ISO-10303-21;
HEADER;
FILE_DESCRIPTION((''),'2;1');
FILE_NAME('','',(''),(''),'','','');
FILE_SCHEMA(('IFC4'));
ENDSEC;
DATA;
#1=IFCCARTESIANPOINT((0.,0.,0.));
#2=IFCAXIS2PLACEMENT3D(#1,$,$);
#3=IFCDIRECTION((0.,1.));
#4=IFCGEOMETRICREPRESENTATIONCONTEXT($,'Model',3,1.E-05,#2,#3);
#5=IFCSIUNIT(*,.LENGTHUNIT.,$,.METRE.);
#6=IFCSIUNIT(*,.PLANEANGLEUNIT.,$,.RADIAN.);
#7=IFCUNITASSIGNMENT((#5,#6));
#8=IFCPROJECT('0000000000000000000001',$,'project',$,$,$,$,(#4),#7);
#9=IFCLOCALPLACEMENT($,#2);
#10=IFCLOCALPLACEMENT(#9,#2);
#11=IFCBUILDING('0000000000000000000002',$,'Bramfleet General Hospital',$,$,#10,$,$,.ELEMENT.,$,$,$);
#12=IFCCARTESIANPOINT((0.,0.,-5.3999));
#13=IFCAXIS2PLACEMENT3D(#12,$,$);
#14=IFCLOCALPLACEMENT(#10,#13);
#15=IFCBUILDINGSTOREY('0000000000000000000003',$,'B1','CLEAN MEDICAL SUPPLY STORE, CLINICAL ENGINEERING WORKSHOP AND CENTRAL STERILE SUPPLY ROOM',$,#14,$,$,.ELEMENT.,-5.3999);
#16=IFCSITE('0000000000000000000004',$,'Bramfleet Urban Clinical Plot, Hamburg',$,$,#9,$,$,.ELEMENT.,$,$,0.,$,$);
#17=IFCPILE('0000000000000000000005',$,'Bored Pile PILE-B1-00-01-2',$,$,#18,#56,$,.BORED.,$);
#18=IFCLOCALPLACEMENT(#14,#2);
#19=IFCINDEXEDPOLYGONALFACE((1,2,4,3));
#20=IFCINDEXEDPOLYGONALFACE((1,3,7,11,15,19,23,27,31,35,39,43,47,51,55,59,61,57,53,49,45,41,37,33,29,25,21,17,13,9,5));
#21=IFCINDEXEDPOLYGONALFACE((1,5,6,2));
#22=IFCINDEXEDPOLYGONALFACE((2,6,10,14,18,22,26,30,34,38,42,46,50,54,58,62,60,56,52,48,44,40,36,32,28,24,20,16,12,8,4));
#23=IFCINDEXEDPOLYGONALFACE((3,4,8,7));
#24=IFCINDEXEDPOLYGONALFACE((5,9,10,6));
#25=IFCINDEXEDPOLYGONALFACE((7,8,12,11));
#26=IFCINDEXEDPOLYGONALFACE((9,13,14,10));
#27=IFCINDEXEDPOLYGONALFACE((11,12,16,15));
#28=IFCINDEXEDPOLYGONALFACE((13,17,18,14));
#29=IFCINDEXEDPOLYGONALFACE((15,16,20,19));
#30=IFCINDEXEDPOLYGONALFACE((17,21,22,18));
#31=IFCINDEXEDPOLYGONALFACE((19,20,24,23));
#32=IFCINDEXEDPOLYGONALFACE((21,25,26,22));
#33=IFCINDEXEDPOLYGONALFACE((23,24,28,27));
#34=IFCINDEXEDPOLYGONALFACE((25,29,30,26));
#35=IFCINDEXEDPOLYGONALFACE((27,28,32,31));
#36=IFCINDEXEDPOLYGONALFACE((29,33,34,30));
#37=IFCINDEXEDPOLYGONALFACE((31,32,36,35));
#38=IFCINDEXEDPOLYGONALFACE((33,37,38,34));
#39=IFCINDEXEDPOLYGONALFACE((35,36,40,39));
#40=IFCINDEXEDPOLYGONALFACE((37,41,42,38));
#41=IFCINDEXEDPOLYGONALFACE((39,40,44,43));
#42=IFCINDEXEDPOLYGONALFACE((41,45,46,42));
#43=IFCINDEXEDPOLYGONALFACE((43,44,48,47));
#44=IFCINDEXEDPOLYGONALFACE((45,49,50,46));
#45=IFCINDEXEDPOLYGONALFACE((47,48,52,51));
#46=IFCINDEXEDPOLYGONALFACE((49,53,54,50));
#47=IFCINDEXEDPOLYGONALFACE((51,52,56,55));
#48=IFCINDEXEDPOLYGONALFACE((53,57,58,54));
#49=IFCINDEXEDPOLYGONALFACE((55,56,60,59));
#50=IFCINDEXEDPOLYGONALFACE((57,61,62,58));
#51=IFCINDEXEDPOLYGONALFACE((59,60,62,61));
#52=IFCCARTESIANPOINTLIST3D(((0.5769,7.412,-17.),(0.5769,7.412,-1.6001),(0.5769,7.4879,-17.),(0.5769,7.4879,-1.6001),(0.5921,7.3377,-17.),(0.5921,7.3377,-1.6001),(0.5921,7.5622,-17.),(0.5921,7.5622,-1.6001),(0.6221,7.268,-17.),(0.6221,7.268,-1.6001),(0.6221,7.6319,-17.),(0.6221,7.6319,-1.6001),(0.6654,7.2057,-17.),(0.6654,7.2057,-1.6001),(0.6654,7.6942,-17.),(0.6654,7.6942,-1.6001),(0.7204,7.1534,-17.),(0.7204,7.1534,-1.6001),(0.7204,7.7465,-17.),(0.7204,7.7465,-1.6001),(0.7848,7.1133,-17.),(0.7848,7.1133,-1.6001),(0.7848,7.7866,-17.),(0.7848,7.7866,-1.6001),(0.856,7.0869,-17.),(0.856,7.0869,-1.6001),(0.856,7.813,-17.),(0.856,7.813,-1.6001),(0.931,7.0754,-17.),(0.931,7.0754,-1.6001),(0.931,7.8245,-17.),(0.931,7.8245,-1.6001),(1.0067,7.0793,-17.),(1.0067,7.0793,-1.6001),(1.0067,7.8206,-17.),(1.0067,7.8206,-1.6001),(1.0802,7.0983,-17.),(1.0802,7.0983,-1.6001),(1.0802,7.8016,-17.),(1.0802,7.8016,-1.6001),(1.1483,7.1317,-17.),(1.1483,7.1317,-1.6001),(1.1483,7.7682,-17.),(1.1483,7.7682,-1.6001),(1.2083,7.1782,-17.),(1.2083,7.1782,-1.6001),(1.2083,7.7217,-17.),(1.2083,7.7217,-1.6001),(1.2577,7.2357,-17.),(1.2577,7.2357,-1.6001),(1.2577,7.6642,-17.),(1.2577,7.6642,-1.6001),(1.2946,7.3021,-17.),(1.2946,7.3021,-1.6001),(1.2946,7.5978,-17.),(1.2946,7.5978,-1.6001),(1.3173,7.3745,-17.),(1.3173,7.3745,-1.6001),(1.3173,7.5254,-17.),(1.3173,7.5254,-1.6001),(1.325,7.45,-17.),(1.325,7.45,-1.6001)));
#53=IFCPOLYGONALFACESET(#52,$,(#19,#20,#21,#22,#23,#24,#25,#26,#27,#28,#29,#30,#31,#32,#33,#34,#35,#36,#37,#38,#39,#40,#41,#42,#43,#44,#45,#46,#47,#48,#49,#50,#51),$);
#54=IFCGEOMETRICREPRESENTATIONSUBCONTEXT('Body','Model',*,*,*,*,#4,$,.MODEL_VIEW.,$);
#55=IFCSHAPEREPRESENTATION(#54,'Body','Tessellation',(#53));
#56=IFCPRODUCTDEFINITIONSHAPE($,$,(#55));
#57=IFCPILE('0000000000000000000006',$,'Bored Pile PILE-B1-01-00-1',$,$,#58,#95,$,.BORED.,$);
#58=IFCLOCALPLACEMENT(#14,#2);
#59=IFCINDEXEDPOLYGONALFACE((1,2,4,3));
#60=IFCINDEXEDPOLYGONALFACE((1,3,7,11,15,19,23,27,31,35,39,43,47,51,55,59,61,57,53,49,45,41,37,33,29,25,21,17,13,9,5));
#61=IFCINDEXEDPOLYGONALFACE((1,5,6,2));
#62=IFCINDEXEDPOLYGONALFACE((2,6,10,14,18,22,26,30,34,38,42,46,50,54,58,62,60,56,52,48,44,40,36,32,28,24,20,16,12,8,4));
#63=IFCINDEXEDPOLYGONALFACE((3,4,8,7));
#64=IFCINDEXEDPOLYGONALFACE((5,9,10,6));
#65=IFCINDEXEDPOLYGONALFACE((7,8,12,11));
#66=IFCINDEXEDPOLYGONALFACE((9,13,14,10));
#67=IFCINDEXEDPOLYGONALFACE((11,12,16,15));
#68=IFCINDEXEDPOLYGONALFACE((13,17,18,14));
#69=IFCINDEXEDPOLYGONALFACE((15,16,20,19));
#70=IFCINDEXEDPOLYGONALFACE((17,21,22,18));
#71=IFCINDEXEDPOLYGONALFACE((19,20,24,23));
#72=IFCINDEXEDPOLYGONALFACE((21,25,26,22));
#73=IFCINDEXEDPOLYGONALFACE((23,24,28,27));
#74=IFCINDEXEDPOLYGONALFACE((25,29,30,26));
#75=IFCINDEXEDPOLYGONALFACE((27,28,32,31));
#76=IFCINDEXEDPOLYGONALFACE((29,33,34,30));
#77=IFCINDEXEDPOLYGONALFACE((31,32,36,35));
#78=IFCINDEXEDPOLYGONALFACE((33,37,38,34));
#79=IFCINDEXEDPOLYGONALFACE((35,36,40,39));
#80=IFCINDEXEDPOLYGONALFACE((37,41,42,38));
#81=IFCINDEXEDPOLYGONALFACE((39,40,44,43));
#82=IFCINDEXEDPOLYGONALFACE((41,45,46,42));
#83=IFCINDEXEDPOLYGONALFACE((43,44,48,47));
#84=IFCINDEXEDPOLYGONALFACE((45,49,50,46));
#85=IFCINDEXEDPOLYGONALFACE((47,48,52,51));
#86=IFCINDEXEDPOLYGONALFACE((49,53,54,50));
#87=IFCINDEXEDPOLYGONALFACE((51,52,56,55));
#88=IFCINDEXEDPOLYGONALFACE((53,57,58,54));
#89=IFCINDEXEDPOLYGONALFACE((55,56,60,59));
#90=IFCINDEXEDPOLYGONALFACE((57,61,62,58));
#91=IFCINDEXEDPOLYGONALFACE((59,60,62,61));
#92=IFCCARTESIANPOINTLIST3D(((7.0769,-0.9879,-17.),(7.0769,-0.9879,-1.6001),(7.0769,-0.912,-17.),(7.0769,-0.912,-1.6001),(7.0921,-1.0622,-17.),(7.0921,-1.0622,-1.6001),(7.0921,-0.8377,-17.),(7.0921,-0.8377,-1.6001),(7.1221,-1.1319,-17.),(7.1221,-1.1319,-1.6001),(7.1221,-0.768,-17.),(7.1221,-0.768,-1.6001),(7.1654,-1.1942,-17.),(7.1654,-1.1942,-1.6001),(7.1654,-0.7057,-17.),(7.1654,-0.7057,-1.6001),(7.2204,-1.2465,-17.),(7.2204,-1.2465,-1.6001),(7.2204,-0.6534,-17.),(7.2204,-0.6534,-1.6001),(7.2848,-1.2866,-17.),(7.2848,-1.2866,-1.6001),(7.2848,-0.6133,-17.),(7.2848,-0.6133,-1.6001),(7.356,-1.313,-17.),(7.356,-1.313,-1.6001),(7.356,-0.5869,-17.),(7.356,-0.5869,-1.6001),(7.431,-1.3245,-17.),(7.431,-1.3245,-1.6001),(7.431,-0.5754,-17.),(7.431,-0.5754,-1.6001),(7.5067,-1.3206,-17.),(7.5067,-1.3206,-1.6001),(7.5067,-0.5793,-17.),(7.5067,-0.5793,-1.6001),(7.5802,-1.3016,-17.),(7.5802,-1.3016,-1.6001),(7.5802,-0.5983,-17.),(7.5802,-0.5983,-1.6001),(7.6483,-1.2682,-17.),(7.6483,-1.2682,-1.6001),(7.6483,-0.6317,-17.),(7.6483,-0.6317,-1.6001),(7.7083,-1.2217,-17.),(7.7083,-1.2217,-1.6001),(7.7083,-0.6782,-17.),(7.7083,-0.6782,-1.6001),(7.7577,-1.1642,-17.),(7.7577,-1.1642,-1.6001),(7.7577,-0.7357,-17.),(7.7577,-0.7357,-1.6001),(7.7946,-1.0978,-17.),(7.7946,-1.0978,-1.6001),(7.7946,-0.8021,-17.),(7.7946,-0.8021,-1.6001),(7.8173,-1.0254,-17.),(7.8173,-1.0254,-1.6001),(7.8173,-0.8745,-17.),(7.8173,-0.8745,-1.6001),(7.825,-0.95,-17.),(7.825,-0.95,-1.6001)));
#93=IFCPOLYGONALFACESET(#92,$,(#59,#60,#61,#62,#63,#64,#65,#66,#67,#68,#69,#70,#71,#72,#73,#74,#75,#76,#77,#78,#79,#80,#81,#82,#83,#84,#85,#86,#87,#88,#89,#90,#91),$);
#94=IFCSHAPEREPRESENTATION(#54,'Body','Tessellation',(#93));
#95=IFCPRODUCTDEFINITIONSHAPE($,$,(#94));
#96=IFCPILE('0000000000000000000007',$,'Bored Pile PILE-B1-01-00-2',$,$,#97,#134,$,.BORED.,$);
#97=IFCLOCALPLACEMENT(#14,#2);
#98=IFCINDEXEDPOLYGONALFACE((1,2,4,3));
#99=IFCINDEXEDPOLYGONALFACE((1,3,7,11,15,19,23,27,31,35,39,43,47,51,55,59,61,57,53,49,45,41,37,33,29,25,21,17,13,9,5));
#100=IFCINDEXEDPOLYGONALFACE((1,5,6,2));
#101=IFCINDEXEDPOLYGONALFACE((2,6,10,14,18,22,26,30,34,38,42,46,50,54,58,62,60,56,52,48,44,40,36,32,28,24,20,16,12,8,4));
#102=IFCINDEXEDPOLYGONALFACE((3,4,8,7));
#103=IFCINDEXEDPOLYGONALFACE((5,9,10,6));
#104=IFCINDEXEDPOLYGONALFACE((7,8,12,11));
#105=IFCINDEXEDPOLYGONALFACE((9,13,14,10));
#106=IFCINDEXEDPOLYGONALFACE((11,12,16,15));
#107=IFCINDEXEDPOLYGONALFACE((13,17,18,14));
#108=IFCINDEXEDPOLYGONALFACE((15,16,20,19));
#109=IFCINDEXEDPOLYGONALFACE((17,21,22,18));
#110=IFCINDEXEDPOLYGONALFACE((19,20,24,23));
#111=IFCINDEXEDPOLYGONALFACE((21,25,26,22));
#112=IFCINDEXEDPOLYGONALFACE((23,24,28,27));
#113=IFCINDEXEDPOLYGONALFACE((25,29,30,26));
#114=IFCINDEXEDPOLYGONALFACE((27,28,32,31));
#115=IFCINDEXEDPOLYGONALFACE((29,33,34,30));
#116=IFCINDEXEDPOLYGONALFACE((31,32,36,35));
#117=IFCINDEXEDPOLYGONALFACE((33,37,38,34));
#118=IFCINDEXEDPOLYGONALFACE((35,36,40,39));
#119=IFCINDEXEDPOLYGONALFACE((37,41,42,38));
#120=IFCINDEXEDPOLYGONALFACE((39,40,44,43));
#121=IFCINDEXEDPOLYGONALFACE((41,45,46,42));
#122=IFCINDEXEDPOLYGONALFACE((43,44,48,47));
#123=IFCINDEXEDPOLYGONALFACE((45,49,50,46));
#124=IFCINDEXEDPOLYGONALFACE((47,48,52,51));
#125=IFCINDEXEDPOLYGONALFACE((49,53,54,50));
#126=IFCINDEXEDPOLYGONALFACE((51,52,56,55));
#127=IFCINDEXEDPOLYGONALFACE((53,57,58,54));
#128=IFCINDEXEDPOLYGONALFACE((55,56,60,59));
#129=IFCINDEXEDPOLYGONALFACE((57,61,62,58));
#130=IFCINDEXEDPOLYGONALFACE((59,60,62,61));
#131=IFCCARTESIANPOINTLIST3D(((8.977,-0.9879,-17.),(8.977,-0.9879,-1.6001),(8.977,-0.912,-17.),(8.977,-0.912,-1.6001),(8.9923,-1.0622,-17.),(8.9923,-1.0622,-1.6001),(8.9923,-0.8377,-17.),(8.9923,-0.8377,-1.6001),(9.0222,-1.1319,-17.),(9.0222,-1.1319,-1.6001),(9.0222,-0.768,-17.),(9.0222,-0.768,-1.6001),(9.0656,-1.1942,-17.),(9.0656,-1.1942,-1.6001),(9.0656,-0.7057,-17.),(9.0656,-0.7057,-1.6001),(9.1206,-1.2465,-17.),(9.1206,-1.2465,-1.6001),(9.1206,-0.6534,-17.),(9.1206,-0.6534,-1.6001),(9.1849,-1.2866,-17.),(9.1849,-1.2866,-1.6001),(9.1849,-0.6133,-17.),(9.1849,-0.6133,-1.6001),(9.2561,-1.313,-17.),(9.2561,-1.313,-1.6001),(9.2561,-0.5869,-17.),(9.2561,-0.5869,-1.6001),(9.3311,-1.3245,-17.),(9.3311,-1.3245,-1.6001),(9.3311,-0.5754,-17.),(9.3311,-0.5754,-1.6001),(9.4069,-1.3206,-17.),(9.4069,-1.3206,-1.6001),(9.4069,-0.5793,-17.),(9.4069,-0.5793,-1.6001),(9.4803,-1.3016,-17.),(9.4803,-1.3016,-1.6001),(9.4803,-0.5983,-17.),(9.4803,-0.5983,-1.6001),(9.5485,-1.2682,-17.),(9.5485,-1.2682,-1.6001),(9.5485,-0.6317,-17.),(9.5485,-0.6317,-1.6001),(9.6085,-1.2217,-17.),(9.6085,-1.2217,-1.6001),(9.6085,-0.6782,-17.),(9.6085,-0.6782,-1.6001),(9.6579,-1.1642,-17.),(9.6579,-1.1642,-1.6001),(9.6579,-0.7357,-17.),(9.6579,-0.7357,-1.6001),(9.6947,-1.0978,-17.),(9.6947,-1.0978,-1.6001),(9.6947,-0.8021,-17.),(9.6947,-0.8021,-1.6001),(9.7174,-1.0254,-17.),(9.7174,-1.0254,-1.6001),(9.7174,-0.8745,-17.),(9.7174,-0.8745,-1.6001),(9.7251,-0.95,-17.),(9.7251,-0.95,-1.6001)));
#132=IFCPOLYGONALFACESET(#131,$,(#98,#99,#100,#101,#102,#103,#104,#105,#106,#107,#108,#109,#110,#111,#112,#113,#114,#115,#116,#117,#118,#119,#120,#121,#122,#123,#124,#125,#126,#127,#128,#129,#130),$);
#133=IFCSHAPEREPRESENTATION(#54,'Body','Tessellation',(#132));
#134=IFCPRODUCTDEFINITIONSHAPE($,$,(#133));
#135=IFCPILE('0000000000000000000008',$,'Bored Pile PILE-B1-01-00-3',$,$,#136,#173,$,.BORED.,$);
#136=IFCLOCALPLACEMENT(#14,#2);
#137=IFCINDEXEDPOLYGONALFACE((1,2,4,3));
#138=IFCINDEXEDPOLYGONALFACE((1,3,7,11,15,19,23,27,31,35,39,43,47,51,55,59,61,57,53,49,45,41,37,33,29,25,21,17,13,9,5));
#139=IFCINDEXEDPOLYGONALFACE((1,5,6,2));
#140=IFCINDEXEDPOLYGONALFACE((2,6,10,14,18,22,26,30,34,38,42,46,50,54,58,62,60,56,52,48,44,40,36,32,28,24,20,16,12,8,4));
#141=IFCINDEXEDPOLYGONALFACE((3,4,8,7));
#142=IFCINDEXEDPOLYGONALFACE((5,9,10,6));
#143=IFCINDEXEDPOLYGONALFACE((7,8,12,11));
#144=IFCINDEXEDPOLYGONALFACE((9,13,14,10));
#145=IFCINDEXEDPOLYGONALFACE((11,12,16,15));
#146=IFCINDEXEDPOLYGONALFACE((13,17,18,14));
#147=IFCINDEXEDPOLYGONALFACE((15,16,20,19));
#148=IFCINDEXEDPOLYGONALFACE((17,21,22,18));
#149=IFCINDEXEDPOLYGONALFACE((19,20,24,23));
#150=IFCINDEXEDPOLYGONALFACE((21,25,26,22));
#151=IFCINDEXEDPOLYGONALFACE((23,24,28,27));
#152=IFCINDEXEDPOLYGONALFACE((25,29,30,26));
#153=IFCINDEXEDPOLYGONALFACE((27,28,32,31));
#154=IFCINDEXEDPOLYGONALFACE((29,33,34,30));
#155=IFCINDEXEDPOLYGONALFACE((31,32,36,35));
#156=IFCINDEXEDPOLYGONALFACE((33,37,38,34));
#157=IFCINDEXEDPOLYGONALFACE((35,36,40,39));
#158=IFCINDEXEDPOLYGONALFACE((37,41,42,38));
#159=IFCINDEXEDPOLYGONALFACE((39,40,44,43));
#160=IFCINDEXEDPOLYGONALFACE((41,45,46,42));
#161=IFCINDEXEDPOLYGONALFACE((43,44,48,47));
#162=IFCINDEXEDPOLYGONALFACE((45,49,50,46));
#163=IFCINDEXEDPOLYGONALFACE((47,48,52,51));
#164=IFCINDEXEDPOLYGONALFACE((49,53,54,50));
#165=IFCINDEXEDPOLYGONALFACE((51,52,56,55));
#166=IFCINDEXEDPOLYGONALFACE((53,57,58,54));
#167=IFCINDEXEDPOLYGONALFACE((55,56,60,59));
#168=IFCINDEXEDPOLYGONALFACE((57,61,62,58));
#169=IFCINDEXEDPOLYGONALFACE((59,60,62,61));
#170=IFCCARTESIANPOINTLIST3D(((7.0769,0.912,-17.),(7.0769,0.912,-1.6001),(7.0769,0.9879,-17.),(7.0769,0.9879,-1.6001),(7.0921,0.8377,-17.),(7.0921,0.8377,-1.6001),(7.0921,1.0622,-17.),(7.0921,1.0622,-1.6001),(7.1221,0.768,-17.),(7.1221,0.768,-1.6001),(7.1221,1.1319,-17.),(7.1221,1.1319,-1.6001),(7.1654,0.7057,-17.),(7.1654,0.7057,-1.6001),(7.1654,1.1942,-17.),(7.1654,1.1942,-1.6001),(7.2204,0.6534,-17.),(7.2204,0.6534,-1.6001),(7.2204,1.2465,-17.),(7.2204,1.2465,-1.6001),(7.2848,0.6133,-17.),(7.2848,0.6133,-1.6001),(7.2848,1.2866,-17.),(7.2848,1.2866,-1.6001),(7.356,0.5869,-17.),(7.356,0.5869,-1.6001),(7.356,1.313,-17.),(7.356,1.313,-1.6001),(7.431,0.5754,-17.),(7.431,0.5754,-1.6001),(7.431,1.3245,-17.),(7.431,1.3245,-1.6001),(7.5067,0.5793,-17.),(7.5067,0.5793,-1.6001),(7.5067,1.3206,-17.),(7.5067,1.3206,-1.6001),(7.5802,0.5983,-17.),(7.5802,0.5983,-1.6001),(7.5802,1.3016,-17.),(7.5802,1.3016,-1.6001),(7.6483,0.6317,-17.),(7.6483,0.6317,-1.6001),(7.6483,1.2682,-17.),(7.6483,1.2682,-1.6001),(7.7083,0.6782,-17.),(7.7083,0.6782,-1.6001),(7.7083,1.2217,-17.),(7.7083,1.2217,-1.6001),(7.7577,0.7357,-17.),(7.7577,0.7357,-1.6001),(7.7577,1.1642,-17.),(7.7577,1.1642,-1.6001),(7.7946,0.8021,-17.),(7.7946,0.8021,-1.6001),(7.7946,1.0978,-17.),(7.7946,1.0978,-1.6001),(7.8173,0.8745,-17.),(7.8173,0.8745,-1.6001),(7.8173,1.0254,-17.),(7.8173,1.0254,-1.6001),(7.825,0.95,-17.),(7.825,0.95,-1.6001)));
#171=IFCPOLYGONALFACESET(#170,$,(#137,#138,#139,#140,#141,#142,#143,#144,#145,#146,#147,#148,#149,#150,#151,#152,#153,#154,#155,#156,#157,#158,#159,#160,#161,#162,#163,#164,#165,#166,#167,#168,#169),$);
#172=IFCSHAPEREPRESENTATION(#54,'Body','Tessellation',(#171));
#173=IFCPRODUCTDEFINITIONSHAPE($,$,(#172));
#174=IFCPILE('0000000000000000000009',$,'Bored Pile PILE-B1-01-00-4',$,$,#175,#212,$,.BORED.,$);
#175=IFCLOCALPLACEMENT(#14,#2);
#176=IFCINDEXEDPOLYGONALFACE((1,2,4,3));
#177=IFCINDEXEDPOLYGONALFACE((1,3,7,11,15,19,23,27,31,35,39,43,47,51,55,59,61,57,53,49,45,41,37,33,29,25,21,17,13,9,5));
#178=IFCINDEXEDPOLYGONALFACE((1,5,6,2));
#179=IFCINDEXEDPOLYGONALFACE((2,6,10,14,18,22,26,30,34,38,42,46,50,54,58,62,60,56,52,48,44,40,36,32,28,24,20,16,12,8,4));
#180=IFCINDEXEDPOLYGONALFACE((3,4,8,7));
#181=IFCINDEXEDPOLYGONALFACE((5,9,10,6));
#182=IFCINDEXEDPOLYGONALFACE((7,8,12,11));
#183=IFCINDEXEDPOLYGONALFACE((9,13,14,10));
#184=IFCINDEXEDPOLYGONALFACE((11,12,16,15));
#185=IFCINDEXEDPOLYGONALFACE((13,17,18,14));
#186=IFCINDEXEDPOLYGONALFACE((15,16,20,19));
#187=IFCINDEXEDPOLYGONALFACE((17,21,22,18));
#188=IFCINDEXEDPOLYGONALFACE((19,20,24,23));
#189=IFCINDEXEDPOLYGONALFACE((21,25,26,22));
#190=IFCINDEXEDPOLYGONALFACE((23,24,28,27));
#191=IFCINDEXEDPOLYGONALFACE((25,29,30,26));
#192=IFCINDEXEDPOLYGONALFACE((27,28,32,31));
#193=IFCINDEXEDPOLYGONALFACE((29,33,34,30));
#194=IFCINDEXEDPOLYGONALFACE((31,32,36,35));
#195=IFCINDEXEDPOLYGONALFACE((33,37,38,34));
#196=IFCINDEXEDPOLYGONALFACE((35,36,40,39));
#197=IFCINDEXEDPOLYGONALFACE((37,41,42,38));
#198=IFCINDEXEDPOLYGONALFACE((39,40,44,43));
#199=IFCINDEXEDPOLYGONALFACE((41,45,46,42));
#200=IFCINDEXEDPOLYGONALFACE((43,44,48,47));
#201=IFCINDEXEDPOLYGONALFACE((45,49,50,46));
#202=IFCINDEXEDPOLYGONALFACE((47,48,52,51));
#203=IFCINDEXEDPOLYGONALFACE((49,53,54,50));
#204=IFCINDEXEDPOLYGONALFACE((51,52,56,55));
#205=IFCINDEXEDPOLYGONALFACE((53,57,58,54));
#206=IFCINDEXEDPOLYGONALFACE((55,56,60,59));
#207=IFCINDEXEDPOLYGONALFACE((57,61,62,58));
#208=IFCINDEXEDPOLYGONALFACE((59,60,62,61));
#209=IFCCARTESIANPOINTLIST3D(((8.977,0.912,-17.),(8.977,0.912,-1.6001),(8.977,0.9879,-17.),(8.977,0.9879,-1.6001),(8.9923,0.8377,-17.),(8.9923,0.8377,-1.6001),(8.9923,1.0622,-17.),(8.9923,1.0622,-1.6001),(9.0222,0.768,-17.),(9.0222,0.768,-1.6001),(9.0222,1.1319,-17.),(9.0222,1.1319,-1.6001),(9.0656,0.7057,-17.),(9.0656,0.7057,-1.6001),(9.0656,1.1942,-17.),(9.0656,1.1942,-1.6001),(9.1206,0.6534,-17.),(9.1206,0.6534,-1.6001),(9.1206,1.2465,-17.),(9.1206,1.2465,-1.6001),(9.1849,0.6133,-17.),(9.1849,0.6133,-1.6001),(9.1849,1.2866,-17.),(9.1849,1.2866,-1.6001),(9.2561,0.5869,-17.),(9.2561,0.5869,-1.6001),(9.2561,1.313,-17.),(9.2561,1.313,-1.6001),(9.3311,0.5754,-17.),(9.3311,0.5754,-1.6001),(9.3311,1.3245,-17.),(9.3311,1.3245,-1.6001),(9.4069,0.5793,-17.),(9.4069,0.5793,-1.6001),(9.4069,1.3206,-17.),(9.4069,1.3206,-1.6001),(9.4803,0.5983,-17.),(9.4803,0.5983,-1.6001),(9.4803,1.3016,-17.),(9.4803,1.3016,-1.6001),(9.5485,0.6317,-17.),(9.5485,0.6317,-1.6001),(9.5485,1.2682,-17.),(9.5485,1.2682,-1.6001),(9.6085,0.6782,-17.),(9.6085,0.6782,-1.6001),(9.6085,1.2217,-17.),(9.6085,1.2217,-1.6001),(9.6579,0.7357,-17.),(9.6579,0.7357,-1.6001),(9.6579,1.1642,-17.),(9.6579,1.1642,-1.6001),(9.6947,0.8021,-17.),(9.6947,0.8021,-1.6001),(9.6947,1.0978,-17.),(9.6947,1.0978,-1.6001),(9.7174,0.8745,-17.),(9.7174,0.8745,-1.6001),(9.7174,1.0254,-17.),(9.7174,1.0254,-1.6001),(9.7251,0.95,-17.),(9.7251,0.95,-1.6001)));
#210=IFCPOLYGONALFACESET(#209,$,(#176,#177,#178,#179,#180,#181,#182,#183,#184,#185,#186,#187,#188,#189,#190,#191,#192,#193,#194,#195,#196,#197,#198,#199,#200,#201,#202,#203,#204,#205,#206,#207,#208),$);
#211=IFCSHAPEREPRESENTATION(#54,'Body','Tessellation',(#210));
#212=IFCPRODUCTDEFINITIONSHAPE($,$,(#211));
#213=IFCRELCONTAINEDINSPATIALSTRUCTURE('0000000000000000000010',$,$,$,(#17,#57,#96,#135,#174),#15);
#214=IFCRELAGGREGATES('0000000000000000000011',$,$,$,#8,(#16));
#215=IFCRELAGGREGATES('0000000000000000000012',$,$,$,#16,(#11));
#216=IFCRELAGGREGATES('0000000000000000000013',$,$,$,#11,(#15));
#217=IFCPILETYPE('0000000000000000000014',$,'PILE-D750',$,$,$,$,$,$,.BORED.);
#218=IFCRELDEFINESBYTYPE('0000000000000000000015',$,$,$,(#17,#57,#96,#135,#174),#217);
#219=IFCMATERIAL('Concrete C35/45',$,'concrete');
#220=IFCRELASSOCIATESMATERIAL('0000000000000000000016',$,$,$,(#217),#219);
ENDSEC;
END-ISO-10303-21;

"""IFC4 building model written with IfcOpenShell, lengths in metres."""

from ifc_helpers import new_model, si_unit, direction, frame, origin, origin_2d, place, context, subcontext, project, spatial, circle, extrude, material, material_profile, profile_set, type_object, element, save


model = new_model("IFC4")

# Units and contexts
model_context = context("Model", 3, precision=1e-05, world=origin(), true_north=direction((0.0, 1.0)))
body_context = subcontext(model_context, "Body", "Model", "MODEL_VIEW")
ifc_project = project(units=[si_unit("LENGTHUNIT", "METRE"), si_unit("PLANEANGLEUNIT", "RADIAN")], contexts=[model_context])

# Site, building, storey
site_placement = place(None, origin())
site = spatial("IfcSite", under=ifc_project, at=site_placement, Name="Bramfleet Urban Clinical Plot, Hamburg", CompositionType="ELEMENT", RefElevation=0.0)
building_placement = place(site_placement, origin())
building = spatial("IfcBuilding", under=site, at=building_placement, Name="Bramfleet General Hospital", CompositionType="ELEMENT")
storey_placement = place(building_placement, frame((0.0, 0.0, -5.3999)))
storey = spatial("IfcBuildingStorey", under=building, at=storey_placement, Name="B1", Description="CLEAN MEDICAL SUPPLY STORE, CLINICAL ENGINEERING WORKSHOP AND CENTRAL STERILE SUPPLY ROOM", CompositionType="ELEMENT", Elevation=-5.3999)

# Shared definitions
ifc_material_1 = material(Name="Concrete C35/45", Category="concrete")

# Piles
ifc_material_profile_1 = material_profile(ifc_material_1, circle(Radius=0.375, at=origin_2d()), Name="PILE BORED D750")
ifc_profile_set_1 = profile_set([ifc_material_profile_1], Name="Concrete C35/45")
pile_type = type_object("IfcPileType", Name="PILE-D750", PredefinedType="BORED", material=ifc_profile_set_1)
for number, where, z_axis, x_axis, name in (
    (1, (0.95, 7.45, -1.6001), (0.0, 0.0, -1.0), (1.0, 0.0, 0.0), "Bored Pile PILE-B1-00-01-2"),
    (2, (7.45, -0.95, -1.6001), (0.0, 0.0, -1.0), (1.0, 0.0, 0.0), "Bored Pile PILE-B1-01-00-1"),
    (3, (9.3501, -0.95, -1.6001), (0.0, 0.0, -1.0), (1.0, 0.0, 0.0), "Bored Pile PILE-B1-01-00-2"),
    (4, (7.45, 0.95, -1.6001), (0.0, 0.0, -1.0), (1.0, 0.0, 0.0), "Bored Pile PILE-B1-01-00-3"),
    (5, (9.3501, 0.95, -1.6001), (0.0, 0.0, -1.0), (1.0, 0.0, 0.0), "Bored Pile PILE-B1-01-00-4"),
):
    element("IfcPile", number, at=place(storey_placement, frame(where, z_axis=z_axis, x_axis=x_axis)), inside=storey, type_object=pile_type, Name=name, PredefinedType="BORED", context=body_context, shape_type="SweptSolid", body=[
        extrude(circle(Radius=0.375, at=origin_2d()), origin(), (0.0, 0.0, 1.0), 15.3999),
    ])

save(model, "model.ifc")
